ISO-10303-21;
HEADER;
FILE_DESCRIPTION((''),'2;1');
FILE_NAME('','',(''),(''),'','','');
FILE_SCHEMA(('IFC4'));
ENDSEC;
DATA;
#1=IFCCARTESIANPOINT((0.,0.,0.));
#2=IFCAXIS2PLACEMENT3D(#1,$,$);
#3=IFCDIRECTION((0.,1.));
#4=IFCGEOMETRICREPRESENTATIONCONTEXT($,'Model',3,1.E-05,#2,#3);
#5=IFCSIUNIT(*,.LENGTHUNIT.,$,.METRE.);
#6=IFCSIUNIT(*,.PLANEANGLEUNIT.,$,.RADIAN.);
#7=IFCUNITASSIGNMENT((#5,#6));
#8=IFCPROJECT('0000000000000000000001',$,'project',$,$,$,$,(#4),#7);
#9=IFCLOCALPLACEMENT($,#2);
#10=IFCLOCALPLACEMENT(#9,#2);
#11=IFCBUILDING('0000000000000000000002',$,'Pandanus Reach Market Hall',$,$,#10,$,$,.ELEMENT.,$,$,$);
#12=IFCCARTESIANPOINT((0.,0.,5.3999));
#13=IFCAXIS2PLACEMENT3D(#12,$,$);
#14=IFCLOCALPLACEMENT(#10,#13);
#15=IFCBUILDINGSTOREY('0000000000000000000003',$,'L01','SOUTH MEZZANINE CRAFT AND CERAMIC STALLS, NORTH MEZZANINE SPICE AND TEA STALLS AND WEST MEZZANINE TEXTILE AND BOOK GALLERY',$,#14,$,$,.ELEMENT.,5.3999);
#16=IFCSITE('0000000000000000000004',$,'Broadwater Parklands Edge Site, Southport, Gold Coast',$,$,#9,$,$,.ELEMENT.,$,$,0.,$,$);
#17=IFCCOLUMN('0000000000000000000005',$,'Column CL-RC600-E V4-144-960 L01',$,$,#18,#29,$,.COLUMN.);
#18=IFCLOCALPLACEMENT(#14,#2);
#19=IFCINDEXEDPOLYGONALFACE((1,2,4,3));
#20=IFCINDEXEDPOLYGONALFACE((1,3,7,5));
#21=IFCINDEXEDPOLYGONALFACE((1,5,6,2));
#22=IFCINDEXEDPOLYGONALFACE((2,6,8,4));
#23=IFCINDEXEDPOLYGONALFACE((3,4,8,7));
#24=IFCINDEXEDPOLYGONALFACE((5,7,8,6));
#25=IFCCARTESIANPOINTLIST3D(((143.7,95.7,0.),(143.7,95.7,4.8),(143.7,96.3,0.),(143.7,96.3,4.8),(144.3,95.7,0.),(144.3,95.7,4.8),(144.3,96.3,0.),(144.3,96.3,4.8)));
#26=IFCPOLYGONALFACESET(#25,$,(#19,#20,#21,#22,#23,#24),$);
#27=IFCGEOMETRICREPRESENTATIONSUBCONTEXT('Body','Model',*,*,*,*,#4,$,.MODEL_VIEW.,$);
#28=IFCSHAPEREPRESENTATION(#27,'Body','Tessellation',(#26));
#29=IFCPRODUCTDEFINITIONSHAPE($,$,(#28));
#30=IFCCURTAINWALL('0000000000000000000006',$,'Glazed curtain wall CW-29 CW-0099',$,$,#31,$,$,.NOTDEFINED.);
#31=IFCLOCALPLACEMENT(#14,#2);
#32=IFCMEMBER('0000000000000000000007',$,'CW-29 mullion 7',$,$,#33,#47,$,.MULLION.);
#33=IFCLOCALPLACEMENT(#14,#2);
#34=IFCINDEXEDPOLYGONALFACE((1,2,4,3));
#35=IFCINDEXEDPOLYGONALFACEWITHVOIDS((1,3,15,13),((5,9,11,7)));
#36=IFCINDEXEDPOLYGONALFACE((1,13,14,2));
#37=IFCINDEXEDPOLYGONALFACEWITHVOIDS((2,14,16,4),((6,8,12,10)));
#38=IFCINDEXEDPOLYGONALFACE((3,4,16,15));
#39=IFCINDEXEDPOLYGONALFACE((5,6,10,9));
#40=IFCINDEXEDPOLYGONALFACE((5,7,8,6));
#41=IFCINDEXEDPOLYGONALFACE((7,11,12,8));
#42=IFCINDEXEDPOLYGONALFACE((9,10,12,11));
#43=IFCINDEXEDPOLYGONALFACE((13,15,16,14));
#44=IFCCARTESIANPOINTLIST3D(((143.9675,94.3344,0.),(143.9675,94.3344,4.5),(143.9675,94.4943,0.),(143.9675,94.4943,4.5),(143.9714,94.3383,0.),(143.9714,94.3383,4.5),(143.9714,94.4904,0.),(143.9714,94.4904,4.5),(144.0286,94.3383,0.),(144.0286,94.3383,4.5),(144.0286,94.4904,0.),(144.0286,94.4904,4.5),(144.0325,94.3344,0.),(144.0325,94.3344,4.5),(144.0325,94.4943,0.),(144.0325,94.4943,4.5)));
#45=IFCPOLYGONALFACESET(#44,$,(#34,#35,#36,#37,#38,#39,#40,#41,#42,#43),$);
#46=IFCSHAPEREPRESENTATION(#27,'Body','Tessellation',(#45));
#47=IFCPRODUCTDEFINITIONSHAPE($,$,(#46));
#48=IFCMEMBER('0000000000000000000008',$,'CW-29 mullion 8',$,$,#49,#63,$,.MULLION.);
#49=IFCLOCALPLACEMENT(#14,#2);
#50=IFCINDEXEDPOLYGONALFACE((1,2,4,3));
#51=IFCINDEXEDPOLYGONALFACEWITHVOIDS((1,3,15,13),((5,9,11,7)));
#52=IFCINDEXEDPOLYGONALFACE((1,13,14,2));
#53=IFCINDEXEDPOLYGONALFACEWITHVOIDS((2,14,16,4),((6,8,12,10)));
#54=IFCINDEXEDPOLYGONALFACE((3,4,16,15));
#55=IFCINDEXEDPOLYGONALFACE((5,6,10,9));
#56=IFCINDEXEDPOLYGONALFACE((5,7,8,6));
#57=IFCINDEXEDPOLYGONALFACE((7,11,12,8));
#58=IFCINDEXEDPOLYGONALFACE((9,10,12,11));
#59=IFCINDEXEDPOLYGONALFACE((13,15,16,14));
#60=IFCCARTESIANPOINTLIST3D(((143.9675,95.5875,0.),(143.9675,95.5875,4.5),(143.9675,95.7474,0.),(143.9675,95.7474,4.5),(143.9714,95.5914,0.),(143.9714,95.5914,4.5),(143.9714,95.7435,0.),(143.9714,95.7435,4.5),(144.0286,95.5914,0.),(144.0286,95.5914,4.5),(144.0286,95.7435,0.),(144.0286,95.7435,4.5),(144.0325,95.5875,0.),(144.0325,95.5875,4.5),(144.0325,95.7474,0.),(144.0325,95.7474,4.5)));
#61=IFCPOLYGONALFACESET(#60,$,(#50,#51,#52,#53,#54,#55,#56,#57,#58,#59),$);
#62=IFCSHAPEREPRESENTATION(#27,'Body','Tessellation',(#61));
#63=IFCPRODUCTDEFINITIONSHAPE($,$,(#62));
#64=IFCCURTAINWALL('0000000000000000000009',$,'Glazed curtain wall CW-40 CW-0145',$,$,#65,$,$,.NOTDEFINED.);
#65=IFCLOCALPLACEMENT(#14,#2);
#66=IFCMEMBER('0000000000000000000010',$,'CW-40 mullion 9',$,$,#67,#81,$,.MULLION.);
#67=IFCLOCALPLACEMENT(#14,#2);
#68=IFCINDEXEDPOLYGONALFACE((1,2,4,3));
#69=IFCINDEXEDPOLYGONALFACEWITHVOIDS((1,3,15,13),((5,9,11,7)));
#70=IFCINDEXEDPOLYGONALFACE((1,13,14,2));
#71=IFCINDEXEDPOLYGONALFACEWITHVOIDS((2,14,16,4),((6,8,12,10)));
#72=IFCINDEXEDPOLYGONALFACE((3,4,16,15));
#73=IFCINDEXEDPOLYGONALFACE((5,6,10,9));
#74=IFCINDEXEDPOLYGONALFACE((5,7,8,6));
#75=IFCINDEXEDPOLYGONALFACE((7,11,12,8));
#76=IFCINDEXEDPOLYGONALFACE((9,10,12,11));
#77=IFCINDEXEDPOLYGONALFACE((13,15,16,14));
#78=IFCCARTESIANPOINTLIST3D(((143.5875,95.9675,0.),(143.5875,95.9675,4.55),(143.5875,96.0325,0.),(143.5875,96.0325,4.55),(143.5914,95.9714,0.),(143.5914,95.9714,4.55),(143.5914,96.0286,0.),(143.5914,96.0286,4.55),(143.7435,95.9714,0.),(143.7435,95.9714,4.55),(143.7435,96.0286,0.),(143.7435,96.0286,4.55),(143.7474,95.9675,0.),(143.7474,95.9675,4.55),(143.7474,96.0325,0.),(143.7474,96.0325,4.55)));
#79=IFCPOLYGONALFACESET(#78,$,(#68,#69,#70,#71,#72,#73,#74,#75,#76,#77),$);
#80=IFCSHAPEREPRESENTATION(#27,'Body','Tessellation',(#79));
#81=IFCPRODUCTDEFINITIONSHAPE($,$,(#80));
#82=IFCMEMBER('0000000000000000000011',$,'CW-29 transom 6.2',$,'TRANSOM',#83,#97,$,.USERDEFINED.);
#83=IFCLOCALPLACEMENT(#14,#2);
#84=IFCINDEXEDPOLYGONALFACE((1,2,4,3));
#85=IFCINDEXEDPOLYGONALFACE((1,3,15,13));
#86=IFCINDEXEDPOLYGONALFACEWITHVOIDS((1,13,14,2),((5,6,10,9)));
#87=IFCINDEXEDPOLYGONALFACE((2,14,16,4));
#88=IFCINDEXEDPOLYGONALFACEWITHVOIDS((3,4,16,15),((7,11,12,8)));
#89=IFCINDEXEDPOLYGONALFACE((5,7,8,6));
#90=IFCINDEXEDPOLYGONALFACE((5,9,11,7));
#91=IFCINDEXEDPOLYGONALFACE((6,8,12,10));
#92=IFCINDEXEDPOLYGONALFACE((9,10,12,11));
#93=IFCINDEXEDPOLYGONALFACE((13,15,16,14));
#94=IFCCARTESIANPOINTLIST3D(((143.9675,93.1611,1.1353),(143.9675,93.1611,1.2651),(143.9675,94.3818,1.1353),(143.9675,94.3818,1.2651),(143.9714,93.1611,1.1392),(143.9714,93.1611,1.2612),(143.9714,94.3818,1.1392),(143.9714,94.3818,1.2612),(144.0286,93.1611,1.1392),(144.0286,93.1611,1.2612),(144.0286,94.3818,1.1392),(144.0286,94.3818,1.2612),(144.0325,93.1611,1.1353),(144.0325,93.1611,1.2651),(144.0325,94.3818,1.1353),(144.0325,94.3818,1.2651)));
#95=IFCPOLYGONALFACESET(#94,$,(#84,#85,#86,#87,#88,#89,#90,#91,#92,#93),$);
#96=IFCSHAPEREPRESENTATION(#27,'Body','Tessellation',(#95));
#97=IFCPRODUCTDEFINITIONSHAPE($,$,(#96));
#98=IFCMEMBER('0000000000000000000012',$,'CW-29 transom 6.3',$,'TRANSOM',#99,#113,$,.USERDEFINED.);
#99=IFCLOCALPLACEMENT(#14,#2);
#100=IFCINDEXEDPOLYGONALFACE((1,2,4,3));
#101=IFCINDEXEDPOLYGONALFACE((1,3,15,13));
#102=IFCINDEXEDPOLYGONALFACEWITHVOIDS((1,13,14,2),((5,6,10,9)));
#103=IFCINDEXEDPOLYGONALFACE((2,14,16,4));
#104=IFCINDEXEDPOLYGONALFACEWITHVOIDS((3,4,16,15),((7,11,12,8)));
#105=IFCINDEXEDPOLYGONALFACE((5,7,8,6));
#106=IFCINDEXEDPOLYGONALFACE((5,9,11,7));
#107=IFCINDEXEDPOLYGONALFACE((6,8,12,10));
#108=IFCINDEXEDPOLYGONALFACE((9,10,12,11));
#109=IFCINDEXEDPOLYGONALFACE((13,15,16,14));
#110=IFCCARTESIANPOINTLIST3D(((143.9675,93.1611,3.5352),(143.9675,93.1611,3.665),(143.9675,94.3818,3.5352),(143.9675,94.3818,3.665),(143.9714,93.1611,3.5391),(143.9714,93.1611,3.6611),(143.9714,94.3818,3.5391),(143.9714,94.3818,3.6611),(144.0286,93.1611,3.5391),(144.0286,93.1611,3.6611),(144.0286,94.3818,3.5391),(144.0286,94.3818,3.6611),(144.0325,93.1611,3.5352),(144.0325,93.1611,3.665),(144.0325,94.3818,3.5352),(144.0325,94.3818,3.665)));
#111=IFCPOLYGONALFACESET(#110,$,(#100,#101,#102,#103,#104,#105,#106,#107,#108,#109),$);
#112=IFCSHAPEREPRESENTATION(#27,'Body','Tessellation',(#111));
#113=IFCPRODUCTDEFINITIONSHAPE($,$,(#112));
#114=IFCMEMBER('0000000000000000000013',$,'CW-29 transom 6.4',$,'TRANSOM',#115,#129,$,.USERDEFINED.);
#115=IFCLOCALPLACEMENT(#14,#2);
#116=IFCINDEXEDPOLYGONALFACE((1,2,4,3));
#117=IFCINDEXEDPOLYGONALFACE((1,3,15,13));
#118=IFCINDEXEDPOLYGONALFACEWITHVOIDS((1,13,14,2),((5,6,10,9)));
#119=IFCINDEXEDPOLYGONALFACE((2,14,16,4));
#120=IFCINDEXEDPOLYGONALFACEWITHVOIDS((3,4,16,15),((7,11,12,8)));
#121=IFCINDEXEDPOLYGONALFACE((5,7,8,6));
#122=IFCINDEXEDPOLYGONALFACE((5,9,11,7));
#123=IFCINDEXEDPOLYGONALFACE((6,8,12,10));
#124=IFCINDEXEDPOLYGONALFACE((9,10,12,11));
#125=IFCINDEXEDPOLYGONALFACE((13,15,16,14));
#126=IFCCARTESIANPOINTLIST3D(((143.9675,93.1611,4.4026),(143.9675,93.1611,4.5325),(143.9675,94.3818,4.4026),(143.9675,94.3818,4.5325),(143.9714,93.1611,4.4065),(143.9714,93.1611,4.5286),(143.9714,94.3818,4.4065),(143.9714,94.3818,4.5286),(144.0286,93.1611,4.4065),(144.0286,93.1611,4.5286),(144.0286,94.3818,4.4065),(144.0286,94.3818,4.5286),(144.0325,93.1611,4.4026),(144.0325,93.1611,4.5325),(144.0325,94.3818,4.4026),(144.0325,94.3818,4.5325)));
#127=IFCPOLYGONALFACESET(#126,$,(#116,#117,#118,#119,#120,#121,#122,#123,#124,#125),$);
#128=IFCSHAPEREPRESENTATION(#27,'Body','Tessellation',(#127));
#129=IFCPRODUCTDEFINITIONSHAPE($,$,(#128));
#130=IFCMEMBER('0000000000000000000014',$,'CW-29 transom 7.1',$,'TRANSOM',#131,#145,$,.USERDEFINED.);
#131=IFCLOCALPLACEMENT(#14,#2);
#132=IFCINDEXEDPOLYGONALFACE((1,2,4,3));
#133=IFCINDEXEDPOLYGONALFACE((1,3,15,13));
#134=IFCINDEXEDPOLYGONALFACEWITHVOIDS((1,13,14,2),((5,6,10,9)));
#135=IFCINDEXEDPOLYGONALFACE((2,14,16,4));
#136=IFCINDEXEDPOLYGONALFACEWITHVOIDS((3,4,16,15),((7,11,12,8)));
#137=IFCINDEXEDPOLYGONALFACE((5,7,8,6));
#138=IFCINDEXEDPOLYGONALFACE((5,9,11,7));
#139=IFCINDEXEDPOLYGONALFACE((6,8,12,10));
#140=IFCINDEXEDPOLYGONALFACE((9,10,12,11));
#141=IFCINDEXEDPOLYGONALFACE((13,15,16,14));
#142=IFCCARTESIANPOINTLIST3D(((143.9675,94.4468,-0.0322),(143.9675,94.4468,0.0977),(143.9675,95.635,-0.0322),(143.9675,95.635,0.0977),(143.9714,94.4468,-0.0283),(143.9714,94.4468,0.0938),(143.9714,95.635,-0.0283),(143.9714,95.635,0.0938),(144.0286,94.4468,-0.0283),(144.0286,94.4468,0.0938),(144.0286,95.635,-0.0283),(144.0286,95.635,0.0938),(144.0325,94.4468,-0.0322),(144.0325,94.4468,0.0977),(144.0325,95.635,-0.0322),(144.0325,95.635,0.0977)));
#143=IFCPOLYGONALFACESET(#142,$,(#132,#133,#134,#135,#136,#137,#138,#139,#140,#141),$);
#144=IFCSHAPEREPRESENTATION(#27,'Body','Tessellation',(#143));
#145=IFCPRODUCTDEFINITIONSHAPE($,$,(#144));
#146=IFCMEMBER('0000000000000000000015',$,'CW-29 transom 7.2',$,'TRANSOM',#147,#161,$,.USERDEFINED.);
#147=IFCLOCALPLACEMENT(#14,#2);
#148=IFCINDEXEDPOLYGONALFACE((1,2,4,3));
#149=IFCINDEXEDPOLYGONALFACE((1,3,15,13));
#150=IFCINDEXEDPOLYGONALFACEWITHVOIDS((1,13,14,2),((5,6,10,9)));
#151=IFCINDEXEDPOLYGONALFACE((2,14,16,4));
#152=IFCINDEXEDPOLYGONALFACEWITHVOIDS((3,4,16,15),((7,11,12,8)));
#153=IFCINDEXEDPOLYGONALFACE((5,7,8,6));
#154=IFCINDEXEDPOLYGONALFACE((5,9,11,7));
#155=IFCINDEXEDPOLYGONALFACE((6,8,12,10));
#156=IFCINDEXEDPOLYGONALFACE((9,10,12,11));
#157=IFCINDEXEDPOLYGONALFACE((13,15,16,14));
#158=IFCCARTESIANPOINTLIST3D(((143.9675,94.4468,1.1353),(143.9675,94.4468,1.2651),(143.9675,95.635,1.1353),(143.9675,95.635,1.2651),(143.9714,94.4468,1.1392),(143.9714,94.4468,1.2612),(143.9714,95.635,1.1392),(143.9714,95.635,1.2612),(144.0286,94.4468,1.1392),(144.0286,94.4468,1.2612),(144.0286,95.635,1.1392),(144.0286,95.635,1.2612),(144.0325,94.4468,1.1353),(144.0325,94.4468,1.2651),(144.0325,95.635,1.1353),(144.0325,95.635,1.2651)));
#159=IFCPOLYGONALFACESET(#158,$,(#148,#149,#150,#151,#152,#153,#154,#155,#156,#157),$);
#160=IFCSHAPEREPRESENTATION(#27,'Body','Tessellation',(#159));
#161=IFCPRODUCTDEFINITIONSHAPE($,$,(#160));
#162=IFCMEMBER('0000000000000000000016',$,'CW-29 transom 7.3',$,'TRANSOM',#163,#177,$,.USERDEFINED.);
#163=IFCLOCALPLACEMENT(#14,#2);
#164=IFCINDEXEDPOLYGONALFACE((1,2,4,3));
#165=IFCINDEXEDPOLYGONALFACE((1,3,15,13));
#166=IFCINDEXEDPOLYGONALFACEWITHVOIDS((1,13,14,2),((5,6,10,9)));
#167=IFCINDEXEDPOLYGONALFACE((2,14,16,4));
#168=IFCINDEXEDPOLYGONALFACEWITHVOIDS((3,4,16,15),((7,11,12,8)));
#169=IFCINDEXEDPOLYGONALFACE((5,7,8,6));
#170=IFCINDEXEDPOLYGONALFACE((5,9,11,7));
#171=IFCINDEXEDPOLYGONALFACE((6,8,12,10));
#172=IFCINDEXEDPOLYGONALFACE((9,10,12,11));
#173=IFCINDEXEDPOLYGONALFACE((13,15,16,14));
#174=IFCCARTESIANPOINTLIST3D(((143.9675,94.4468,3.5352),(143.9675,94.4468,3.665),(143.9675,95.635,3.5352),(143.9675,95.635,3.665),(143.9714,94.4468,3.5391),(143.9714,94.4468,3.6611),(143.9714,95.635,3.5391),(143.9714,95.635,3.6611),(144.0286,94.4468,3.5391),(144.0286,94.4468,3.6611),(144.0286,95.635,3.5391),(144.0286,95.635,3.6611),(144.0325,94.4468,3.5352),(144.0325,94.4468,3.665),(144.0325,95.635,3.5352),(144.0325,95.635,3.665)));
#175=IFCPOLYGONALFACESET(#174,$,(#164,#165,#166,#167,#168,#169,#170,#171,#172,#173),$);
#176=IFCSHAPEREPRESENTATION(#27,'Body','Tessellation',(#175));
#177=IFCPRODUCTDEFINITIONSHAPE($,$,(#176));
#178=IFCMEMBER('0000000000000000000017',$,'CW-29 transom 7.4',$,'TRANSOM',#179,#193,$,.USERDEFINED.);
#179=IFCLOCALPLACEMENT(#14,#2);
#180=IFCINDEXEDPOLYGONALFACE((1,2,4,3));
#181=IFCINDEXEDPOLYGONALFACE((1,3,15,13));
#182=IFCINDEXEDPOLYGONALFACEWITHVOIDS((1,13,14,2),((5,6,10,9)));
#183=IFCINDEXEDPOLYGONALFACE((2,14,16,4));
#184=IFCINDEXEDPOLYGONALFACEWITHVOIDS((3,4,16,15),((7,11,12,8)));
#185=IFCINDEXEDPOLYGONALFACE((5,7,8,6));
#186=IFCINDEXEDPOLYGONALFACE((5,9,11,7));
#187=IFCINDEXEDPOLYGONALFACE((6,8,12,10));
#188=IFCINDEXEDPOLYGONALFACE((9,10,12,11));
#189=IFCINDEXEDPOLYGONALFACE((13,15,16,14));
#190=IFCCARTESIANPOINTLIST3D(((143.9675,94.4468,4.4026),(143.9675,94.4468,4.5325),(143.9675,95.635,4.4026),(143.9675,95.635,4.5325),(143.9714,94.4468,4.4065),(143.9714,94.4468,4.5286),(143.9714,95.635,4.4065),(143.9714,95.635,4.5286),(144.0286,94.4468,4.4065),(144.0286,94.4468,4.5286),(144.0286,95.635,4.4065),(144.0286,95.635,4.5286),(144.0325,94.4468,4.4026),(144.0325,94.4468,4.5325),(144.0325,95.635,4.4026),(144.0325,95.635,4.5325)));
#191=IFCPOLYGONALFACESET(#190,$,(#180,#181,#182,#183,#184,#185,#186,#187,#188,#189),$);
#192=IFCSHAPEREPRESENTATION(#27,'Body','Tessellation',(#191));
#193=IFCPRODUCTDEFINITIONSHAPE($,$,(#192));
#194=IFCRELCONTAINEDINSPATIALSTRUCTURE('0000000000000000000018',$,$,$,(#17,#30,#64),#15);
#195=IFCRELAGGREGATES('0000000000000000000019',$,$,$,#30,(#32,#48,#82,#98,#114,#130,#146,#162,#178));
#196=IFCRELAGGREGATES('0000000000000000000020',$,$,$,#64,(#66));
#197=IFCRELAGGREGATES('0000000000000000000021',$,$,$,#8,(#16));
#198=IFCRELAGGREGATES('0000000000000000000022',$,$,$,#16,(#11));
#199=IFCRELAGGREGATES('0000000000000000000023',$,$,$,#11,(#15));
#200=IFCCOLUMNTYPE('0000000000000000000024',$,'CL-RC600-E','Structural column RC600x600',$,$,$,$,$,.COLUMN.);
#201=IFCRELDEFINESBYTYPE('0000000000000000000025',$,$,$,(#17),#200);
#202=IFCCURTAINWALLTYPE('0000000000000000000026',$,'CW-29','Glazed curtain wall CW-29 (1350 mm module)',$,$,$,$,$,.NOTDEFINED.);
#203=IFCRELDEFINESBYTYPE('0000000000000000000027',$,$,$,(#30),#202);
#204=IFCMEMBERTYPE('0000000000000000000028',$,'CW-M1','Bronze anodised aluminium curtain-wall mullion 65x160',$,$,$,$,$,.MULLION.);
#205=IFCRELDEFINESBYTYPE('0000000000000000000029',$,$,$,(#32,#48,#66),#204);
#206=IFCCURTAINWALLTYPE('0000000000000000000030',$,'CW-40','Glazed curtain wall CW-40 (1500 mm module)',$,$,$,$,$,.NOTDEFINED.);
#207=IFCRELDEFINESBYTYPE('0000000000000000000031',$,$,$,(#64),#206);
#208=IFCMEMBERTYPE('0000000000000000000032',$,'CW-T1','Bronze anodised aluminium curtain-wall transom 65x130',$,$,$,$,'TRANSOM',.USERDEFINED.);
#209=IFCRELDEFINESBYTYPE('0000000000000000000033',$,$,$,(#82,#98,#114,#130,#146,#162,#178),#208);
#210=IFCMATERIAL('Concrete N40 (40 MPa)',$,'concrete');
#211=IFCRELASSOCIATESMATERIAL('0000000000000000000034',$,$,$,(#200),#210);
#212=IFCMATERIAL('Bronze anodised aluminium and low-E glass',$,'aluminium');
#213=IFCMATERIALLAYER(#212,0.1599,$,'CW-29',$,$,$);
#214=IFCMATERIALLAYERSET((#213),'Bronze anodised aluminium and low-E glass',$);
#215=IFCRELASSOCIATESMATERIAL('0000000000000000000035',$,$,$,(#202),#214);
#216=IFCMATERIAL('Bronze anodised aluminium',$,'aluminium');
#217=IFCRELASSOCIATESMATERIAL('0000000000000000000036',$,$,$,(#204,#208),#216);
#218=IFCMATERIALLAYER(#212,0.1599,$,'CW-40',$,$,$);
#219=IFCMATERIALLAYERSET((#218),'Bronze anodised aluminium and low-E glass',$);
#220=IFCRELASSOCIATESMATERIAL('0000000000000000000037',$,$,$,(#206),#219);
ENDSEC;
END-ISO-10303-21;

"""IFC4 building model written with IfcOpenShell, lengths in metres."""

from ifc_helpers import new_model, si_unit, direction, frame, origin, origin_2d, place, context, subcontext, project, spatial, rectangle, hollow_rectangle, extrude, material, layer, layer_set, material_profile, profile_set, type_object, element, aggregate, save


model = new_model("IFC4")

# Units and contexts
model_context = context("Model", 3, precision=1e-05, world=origin(), true_north=direction((0.0, 1.0)))
body_context = subcontext(model_context, "Body", "Model", "MODEL_VIEW")
ifc_project = project(units=[si_unit("LENGTHUNIT", "METRE"), si_unit("PLANEANGLEUNIT", "RADIAN")], contexts=[model_context])

# Site, building, storey
site_placement = place(None, origin())
site = spatial("IfcSite", under=ifc_project, at=site_placement, Name="Broadwater Parklands Edge Site, Southport, Gold Coast", CompositionType="ELEMENT", RefElevation=0.0)
building_placement = place(site_placement, origin())
building = spatial("IfcBuilding", under=site, at=building_placement, Name="Pandanus Reach Market Hall", CompositionType="ELEMENT")
storey_placement = place(building_placement, frame((0.0, 0.0, 5.3999)))
storey = spatial("IfcBuildingStorey", under=building, at=storey_placement, Name="L01", Description="SOUTH MEZZANINE CRAFT AND CERAMIC STALLS, NORTH MEZZANINE SPICE AND TEA STALLS AND WEST MEZZANINE TEXTILE AND BOOK GALLERY", CompositionType="ELEMENT", Elevation=5.3999)

# Column
ifc_material_1 = material(Name="Concrete N40 (40 MPa)", Category="concrete")
ifc_material_profile_1 = material_profile(ifc_material_1, rectangle(XDim=0.6001, YDim=0.6001, at=origin_2d()), Name="RC600x600", Category="LoadBearing")
ifc_profile_set_1 = profile_set([ifc_material_profile_1], Name="Concrete N40 (40 MPa)")
column_type = type_object("IfcColumnType", Name="CL-RC600-E", Description="Structural column RC600x600", PredefinedType="COLUMN", material=ifc_profile_set_1)
column_placement = place(storey_placement, frame((144.0, 96.0, 0.0), z_axis=(0.0, 0.0, 1.0), x_axis=(1.0, 0.0, 0.0)))
element("IfcColumn", 1, at=column_placement, inside=storey, type_object=column_type, Name="Column CL-RC600-E V4-144-960 L01", PredefinedType="COLUMN", context=body_context, shape_type="SweptSolid", body=[
    extrude(rectangle(XDim=0.6001, YDim=0.6001, at=origin_2d()), origin(), (0.0, 0.0, 1.0), 4.8),
])

# Curtain wall, members
ifc_material_2 = material(Name="Bronze anodised aluminium and low-E glass", Category="aluminium")
ifc_layer_1 = layer(ifc_material_2, 0.1599, Name="CW-29")
ifc_layer_set_1 = layer_set([ifc_layer_1], Name="Bronze anodised aluminium and low-E glass")
curtain_wall_type_1 = type_object("IfcCurtainWallType", Name="CW-29", Description="Glazed curtain wall CW-29 (1350 mm module)", PredefinedType="NOTDEFINED", material=ifc_layer_set_1)
curtain_wall_1_placement = place(storey_placement, origin())
curtain_wall_1 = element("IfcCurtainWall", 2, at=curtain_wall_1_placement, inside=storey, type_object=curtain_wall_type_1, Name="Glazed curtain wall CW-29 CW-0099", PredefinedType="NOTDEFINED")
ifc_material_3 = material(Name="Bronze anodised aluminium", Category="aluminium")
ifc_material_profile_2 = material_profile(ifc_material_3, hollow_rectangle(XDim=0.0649, YDim=0.1599, WallThickness=0.0039, at=origin_2d()), Name="ALU65x160", Category="LoadBearing")
ifc_profile_set_2 = profile_set([ifc_material_profile_2], Name="Bronze anodised aluminium")
member_type_1 = type_object("IfcMemberType", Name="CW-M1", Description="Bronze anodised aluminium curtain-wall mullion 65x160", PredefinedType="MULLION", material=ifc_profile_set_2)
member_1_placement = place(storey_placement, frame((144.0, 94.4143, 0.0), z_axis=(0.0, 0.0, 1.0), x_axis=(-1.0, 0.0, 0.0)))
member_1 = element("IfcMember", 3, at=member_1_placement, type_object=member_type_1, Name="CW-29 mullion 7", PredefinedType="MULLION", context=body_context, shape_type="SweptSolid", body=[
    extrude(hollow_rectangle(XDim=0.0649, YDim=0.1599, WallThickness=0.0039, at=origin_2d()), origin(), (0.0, 0.0, 1.0), 4.5),
])
member_2_placement = place(storey_placement, frame((144.0, 95.6675, 0.0), z_axis=(0.0, 0.0, 1.0), x_axis=(-1.0, 0.0, 0.0)))
member_2 = element("IfcMember", 4, at=member_2_placement, type_object=member_type_1, Name="CW-29 mullion 8", PredefinedType="MULLION", context=body_context, shape_type="SweptSolid", body=[
    extrude(hollow_rectangle(XDim=0.0649, YDim=0.1599, WallThickness=0.0039, at=origin_2d()), origin(), (0.0, 0.0, 1.0), 4.5),
])

# Curtain wall, member
ifc_layer_2 = layer(ifc_material_2, 0.1599, Name="CW-40")
ifc_layer_set_2 = layer_set([ifc_layer_2], Name="Bronze anodised aluminium and low-E glass")
curtain_wall_type_2 = type_object("IfcCurtainWallType", Name="CW-40", Description="Glazed curtain wall CW-40 (1500 mm module)", PredefinedType="NOTDEFINED", material=ifc_layer_set_2)
curtain_wall_2_placement = place(storey_placement, origin())
curtain_wall_2 = element("IfcCurtainWall", 5, at=curtain_wall_2_placement, inside=storey, type_object=curtain_wall_type_2, Name="Glazed curtain wall CW-40 CW-0145", PredefinedType="NOTDEFINED")
member_3_placement = place(storey_placement, frame((143.6675, 96.0, 0.0), z_axis=(0.0, 0.0, 1.0), x_axis=(0.0, 1.0, 0.0)))
member_3 = element("IfcMember", 6, at=member_3_placement, type_object=member_type_1, Name="CW-40 mullion 9", PredefinedType="MULLION", context=body_context, shape_type="SweptSolid", body=[
    extrude(hollow_rectangle(XDim=0.0649, YDim=0.1599, WallThickness=0.0039, at=origin_2d()), origin(), (0.0, 0.0, 1.0), 4.55),
])

# Members
ifc_material_profile_3 = material_profile(ifc_material_3, hollow_rectangle(XDim=0.0649, YDim=0.1299, WallThickness=0.0039, at=origin_2d()), Name="ALU65x130", Category="LoadBearing")
ifc_profile_set_3 = profile_set([ifc_material_profile_3], Name="Bronze anodised aluminium")
member_type_2 = type_object("IfcMemberType", Name="CW-T1", Description="Bronze anodised aluminium curtain-wall transom 65x130", ElementType="TRANSOM", PredefinedType="USERDEFINED", material=ifc_profile_set_3)
member_4_placement = place(storey_placement, frame((144.0, 93.1611, 1.2002), z_axis=(0.0, 1.0, 0.0), x_axis=(-1.0, 0.0, 0.0)))
member_4 = element("IfcMember", 7, at=member_4_placement, type_object=member_type_2, Name="CW-29 transom 6.2", ObjectType="TRANSOM", PredefinedType="USERDEFINED", context=body_context, shape_type="SweptSolid", body=[
    extrude(hollow_rectangle(XDim=0.0649, YDim=0.1299, WallThickness=0.0039, at=origin_2d()), origin(), (0.0, 0.0, 1.0), 1.2207),
])
member_5_placement = place(storey_placement, frame((144.0, 93.1611, 3.6001), z_axis=(0.0, 1.0, 0.0), x_axis=(-1.0, 0.0, 0.0)))
member_5 = element("IfcMember", 8, at=member_5_placement, type_object=member_type_2, Name="CW-29 transom 6.3", ObjectType="TRANSOM", PredefinedType="USERDEFINED", context=body_context, shape_type="SweptSolid", body=[
    extrude(hollow_rectangle(XDim=0.0649, YDim=0.1299, WallThickness=0.0039, at=origin_2d()), origin(), (0.0, 0.0, 1.0), 1.2207),
])
member_6_placement = place(storey_placement, frame((144.0, 93.1611, 4.4675), z_axis=(0.0, 1.0, 0.0), x_axis=(-1.0, 0.0, 0.0)))
member_6 = element("IfcMember", 9, at=member_6_placement, type_object=member_type_2, Name="CW-29 transom 6.4", ObjectType="TRANSOM", PredefinedType="USERDEFINED", context=body_context, shape_type="SweptSolid", body=[
    extrude(hollow_rectangle(XDim=0.0649, YDim=0.1299, WallThickness=0.0039, at=origin_2d()), origin(), (0.0, 0.0, 1.0), 1.2207),
])
member_7_placement = place(storey_placement, frame((144.0, 94.4468, 0.0327), z_axis=(0.0, 1.0, 0.0), x_axis=(-1.0, 0.0, 0.0)))
member_7 = element("IfcMember", 10, at=member_7_placement, type_object=member_type_2, Name="CW-29 transom 7.1", ObjectType="TRANSOM", PredefinedType="USERDEFINED", context=body_context, shape_type="SweptSolid", body=[
    extrude(hollow_rectangle(XDim=0.0649, YDim=0.1299, WallThickness=0.0039, at=origin_2d()), origin(), (0.0, 0.0, 1.0), 1.1882),
])
member_8_placement = place(storey_placement, frame((144.0, 94.4468, 1.2002), z_axis=(0.0, 1.0, 0.0), x_axis=(-1.0, 0.0, 0.0)))
member_8 = element("IfcMember", 11, at=member_8_placement, type_object=member_type_2, Name="CW-29 transom 7.2", ObjectType="TRANSOM", PredefinedType="USERDEFINED", context=body_context, shape_type="SweptSolid", body=[
    extrude(hollow_rectangle(XDim=0.0649, YDim=0.1299, WallThickness=0.0039, at=origin_2d()), origin(), (0.0, 0.0, 1.0), 1.1882),
])
member_9_placement = place(storey_placement, frame((144.0, 94.4468, 3.6001), z_axis=(0.0, 1.0, 0.0), x_axis=(-1.0, 0.0, 0.0)))
member_9 = element("IfcMember", 12, at=member_9_placement, type_object=member_type_2, Name="CW-29 transom 7.3", ObjectType="TRANSOM", PredefinedType="USERDEFINED", context=body_context, shape_type="SweptSolid", body=[
    extrude(hollow_rectangle(XDim=0.0649, YDim=0.1299, WallThickness=0.0039, at=origin_2d()), origin(), (0.0, 0.0, 1.0), 1.1882),
])
member_10_placement = place(storey_placement, frame((144.0, 94.4468, 4.4675), z_axis=(0.0, 1.0, 0.0), x_axis=(-1.0, 0.0, 0.0)))
member_10 = element("IfcMember", 13, at=member_10_placement, type_object=member_type_2, Name="CW-29 transom 7.4", ObjectType="TRANSOM", PredefinedType="USERDEFINED", context=body_context, shape_type="SweptSolid", body=[
    extrude(hollow_rectangle(XDim=0.0649, YDim=0.1299, WallThickness=0.0039, at=origin_2d()), origin(), (0.0, 0.0, 1.0), 1.1882),
])

aggregate(curtain_wall_1, [member_1, member_2, member_4, member_5, member_6, member_7, member_8, member_9, member_10])
aggregate(curtain_wall_2, [member_3])

save(model, "model.ifc")
